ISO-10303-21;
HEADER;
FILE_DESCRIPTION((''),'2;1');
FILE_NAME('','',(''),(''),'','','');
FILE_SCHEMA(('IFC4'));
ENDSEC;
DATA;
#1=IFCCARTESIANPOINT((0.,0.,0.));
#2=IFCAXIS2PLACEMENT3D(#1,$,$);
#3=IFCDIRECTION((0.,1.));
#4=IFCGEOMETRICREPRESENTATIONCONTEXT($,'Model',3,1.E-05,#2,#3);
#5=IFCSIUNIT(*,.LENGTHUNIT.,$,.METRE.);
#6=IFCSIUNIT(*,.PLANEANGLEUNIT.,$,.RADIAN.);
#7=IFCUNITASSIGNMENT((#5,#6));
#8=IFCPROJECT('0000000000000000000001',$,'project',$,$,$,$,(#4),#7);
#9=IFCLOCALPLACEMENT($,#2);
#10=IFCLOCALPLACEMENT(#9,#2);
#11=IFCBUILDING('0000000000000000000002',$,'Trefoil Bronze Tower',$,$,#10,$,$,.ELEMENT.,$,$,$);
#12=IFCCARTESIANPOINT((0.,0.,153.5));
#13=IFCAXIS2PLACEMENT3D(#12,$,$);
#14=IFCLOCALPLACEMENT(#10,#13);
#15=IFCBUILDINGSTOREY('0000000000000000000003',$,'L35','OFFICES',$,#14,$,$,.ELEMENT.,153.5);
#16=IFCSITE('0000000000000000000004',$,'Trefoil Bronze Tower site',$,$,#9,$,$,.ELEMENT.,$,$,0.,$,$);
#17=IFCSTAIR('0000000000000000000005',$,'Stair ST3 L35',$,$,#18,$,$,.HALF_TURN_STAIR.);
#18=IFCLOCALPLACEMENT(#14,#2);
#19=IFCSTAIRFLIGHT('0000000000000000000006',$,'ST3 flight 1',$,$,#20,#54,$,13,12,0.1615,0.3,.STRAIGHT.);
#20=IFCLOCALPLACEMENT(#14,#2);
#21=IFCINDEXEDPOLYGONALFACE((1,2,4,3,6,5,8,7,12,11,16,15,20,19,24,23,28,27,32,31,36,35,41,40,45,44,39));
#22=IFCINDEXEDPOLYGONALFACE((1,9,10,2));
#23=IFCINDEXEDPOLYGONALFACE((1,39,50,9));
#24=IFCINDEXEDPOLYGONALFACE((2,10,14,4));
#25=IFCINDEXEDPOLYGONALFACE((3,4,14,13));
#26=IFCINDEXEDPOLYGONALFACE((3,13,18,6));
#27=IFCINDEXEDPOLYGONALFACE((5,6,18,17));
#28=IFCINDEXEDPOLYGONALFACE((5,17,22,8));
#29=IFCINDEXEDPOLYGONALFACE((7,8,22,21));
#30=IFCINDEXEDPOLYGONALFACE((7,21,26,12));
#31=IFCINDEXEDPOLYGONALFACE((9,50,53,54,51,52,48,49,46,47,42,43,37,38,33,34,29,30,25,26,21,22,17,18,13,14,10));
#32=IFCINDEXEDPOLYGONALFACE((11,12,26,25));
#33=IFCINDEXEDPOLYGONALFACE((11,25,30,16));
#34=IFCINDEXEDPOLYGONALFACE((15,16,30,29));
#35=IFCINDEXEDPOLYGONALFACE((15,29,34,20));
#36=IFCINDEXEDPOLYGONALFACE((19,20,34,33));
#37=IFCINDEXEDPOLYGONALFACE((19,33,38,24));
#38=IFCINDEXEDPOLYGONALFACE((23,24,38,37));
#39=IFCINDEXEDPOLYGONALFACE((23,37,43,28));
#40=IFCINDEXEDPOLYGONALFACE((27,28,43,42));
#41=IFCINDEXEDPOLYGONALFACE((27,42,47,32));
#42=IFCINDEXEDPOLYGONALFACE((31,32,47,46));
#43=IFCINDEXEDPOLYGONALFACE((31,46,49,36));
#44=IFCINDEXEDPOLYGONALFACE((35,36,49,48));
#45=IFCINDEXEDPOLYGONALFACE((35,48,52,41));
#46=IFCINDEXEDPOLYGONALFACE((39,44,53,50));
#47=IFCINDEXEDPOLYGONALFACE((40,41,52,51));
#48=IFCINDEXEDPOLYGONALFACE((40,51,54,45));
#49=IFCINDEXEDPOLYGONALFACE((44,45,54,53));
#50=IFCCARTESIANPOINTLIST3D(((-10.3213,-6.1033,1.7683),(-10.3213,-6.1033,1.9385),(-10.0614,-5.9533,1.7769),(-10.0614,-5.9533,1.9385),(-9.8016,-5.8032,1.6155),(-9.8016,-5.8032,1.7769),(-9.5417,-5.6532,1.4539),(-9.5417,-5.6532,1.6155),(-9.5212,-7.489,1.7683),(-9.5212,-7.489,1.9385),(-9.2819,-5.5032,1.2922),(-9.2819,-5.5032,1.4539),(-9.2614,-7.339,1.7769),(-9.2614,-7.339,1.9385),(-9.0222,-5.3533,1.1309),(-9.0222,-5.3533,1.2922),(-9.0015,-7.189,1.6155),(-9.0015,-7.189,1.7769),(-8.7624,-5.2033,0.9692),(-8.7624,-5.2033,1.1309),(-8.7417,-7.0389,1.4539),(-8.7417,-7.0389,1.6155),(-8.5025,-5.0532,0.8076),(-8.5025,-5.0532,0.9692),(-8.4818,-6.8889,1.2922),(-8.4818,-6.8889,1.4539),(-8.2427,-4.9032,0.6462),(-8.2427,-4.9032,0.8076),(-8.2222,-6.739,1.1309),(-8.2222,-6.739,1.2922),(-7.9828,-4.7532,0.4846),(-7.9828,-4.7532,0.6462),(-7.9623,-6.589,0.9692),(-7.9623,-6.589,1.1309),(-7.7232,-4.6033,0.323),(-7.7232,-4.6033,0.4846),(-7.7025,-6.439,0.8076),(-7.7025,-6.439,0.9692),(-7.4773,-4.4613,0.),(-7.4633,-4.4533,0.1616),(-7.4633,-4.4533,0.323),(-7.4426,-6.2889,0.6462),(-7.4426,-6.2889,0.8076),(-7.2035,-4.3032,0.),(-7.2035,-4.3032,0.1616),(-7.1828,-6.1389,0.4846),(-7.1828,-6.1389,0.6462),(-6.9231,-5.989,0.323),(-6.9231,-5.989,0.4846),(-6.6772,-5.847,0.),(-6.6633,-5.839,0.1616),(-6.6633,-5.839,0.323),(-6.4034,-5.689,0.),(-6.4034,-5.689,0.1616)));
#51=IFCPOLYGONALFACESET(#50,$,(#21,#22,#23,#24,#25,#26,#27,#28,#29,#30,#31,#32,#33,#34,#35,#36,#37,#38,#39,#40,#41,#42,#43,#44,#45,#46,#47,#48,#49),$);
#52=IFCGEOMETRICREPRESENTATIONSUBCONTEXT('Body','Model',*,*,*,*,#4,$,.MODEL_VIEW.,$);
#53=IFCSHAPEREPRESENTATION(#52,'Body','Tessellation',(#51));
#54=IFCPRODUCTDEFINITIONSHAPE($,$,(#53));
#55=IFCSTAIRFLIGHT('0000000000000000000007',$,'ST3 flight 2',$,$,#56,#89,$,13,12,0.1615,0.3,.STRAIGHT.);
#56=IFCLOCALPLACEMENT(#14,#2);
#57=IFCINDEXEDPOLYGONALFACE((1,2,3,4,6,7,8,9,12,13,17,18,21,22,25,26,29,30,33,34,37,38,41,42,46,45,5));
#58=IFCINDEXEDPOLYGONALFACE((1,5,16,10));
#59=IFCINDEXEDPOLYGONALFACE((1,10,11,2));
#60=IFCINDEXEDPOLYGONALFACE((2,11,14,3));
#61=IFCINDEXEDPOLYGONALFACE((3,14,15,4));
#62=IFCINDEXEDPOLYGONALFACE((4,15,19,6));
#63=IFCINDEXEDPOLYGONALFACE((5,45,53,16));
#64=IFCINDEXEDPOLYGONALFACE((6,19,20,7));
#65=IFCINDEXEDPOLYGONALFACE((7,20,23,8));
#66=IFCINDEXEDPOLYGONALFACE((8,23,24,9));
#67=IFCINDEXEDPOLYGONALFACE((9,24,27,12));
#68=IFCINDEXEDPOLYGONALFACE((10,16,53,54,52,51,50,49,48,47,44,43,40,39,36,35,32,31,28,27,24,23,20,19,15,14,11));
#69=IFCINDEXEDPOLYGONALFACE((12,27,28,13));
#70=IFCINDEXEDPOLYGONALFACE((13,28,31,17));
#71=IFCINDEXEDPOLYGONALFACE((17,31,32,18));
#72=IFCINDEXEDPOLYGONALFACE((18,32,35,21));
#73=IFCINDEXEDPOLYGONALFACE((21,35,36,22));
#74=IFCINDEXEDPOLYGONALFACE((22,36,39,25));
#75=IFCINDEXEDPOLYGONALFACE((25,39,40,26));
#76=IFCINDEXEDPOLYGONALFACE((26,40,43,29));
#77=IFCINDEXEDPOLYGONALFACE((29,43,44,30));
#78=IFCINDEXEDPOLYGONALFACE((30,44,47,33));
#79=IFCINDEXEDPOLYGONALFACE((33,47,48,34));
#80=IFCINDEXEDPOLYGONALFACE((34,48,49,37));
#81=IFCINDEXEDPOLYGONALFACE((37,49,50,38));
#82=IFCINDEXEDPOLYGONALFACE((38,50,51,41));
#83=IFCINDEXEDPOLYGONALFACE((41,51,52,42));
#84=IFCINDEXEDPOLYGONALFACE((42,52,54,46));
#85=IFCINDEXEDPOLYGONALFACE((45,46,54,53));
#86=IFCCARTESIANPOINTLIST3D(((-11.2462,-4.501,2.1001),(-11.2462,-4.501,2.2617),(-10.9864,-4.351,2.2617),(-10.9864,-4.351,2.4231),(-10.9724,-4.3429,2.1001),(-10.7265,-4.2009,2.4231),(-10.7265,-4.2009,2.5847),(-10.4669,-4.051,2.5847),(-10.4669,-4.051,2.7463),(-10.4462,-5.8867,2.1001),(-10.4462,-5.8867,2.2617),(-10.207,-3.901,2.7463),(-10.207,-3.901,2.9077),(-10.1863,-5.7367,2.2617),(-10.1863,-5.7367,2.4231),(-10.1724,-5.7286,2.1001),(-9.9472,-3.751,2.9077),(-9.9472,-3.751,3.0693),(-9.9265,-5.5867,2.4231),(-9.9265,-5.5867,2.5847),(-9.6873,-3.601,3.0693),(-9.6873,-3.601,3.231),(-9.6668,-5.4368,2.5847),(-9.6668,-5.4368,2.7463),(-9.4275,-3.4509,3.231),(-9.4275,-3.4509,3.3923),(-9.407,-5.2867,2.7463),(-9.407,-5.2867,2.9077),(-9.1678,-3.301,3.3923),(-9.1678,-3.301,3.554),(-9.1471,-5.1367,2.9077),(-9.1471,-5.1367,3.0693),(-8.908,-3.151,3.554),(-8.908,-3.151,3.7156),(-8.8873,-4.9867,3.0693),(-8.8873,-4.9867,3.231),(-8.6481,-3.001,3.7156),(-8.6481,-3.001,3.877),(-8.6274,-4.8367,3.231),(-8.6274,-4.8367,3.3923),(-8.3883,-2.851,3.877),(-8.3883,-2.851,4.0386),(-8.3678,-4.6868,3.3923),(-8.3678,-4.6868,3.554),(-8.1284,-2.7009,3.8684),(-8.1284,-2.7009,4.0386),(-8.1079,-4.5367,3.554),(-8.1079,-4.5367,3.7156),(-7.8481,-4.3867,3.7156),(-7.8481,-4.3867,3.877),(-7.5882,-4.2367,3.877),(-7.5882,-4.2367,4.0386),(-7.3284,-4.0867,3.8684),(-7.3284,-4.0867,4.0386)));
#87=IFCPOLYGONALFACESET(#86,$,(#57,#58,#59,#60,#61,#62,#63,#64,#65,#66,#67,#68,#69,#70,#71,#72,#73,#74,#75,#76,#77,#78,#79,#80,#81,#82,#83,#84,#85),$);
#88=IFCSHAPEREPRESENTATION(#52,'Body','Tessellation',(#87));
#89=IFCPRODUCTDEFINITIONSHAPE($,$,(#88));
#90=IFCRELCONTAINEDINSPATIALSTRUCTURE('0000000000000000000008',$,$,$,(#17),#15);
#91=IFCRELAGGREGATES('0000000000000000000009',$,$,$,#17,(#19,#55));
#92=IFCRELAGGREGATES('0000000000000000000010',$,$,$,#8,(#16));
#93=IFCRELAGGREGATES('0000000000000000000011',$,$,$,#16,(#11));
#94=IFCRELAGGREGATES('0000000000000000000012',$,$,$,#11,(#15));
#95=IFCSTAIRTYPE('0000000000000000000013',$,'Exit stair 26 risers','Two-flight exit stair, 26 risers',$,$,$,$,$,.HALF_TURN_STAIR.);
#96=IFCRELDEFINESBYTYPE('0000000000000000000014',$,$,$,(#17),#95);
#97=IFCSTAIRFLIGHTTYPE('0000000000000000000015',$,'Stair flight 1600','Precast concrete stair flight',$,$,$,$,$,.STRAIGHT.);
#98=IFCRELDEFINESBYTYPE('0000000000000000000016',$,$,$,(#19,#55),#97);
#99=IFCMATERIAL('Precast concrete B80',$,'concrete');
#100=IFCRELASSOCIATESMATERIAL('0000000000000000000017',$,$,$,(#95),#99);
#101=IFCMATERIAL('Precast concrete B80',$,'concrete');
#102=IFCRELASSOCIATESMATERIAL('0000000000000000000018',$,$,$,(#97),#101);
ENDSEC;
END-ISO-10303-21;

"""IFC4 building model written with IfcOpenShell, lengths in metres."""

from ifc_helpers import new_model, si_unit, direction, frame, origin, place, context, subcontext, project, spatial, polyline, outline, extrude, material, type_object, element, aggregate, save


model = new_model("IFC4")

# Units and contexts
model_context = context("Model", 3, precision=1e-05, world=origin(), true_north=direction((0.0, 1.0)))
body_context = subcontext(model_context, "Body", "Model", "MODEL_VIEW")
ifc_project = project(units=[si_unit("LENGTHUNIT", "METRE"), si_unit("PLANEANGLEUNIT", "RADIAN")], contexts=[model_context])

# Site, building, storey
site_placement = place(None, origin())
site = spatial("IfcSite", under=ifc_project, at=site_placement, Name="Trefoil Bronze Tower site", CompositionType="ELEMENT", RefElevation=0.0)
building_placement = place(site_placement, origin())
building = spatial("IfcBuilding", under=site, at=building_placement, Name="Trefoil Bronze Tower", CompositionType="ELEMENT")
storey_placement = place(building_placement, frame((0.0, 0.0, 153.5)))
storey = spatial("IfcBuildingStorey", under=building, at=storey_placement, Name="L35", Description="OFFICES", CompositionType="ELEMENT", Elevation=153.5)

# Stair, stair flights
ifc_material_1 = material(Name="Precast concrete B80", Category="concrete")
stair_type = type_object("IfcStairType", Name="Exit stair 26 risers", Description="Two-flight exit stair, 26 risers", PredefinedType="HALF_TURN_STAIR", material=ifc_material_1)
stair_placement = place(storey_placement, origin())
stair = element("IfcStair", 1, at=stair_placement, inside=storey, type_object=stair_type, Name="Stair ST3 L35", PredefinedType="HALF_TURN_STAIR")
ifc_material_2 = material(Name="Precast concrete B80", Category="concrete")
stair_flight_type = type_object("IfcStairFlightType", Name="Stair flight 1600", Description="Precast concrete stair flight", PredefinedType="STRAIGHT", material=ifc_material_2)
stair_flight_1_placement = place(storey_placement, frame((-6.8035, -4.9961, 0.0), z_axis=(0.0, 0.0, 1.0), x_axis=(-0.866025, -0.5, 0.0)))
stair_flight_1 = element("IfcStairFlight", 2, at=stair_flight_1_placement, type_object=stair_flight_type, Name="ST3 flight 1", NumberOfRisers=13, NumberOfTreads=12, PredefinedType="STRAIGHT", RiserHeight=0.1615, TreadLength=0.3, context=body_context, shape_type="SweptSolid", body=[
    extrude(outline(polyline([(0.0, 0.0), (0.0, 0.1616), (0.3, 0.1616), (0.3, 0.323), (0.6001, 0.323), (0.6001, 0.4846), (0.8999, 0.4846), (0.8999, 0.6462), (1.2, 0.6462), (1.2, 0.8076), (1.5, 0.8076), (1.5, 0.9692), (1.8, 0.9692), (1.8, 1.1309), (2.1001, 1.1309), (2.1001, 1.2922), (2.3999, 1.2922), (2.3999, 1.4539), (2.7, 1.4539), (2.7, 1.6155), (3.0, 1.6155), (3.0, 1.7769), (3.3, 1.7769), (3.3, 1.9385), (3.6001, 1.9385), (3.6001, 2.1001), (3.6001, 1.7683), (0.3162, 0.0), (0.0, 0.0)])), frame((0.0, 0.8, 0.0), z_axis=(0.0, -1.0, 0.0), x_axis=(1.0, 0.0, 0.0)), (0.0, 0.0, 1.0), 1.6001),
])
stair_flight_2_placement = place(storey_placement, frame((-10.8462, -5.1938, 2.1001), z_axis=(0.0, 0.0, 1.0), x_axis=(0.866025, 0.5, 0.0)))
stair_flight_2 = element("IfcStairFlight", 3, at=stair_flight_2_placement, type_object=stair_flight_type, Name="ST3 flight 2", NumberOfRisers=13, NumberOfTreads=12, PredefinedType="STRAIGHT", RiserHeight=0.1615, TreadLength=0.3, context=body_context, shape_type="SweptSolid", body=[
    extrude(outline(polyline([(0.0, 0.0), (0.0, 0.1616), (0.3, 0.1616), (0.3, 0.323), (0.6001, 0.323), (0.6001, 0.4846), (0.8999, 0.4846), (0.8999, 0.6462), (1.2, 0.6462), (1.2, 0.8076), (1.5, 0.8076), (1.5, 0.9692), (1.8, 0.9692), (1.8, 1.1309), (2.1001, 1.1309), (2.1001, 1.2922), (2.3999, 1.2922), (2.3999, 1.4539), (2.7, 1.4539), (2.7, 1.6155), (3.0, 1.6155), (3.0, 1.7769), (3.3, 1.7769), (3.3, 1.9385), (3.6001, 1.9385), (3.6001, 2.1001), (3.6001, 1.7683), (0.3162, 0.0), (0.0, 0.0)])), frame((0.0, 0.8, 0.0), z_axis=(0.0, -1.0, 0.0), x_axis=(1.0, 0.0, 0.0)), (0.0, 0.0, 1.0), 1.6001),
])
aggregate(stair, [stair_flight_1, stair_flight_2])

save(model, "model.ifc")
